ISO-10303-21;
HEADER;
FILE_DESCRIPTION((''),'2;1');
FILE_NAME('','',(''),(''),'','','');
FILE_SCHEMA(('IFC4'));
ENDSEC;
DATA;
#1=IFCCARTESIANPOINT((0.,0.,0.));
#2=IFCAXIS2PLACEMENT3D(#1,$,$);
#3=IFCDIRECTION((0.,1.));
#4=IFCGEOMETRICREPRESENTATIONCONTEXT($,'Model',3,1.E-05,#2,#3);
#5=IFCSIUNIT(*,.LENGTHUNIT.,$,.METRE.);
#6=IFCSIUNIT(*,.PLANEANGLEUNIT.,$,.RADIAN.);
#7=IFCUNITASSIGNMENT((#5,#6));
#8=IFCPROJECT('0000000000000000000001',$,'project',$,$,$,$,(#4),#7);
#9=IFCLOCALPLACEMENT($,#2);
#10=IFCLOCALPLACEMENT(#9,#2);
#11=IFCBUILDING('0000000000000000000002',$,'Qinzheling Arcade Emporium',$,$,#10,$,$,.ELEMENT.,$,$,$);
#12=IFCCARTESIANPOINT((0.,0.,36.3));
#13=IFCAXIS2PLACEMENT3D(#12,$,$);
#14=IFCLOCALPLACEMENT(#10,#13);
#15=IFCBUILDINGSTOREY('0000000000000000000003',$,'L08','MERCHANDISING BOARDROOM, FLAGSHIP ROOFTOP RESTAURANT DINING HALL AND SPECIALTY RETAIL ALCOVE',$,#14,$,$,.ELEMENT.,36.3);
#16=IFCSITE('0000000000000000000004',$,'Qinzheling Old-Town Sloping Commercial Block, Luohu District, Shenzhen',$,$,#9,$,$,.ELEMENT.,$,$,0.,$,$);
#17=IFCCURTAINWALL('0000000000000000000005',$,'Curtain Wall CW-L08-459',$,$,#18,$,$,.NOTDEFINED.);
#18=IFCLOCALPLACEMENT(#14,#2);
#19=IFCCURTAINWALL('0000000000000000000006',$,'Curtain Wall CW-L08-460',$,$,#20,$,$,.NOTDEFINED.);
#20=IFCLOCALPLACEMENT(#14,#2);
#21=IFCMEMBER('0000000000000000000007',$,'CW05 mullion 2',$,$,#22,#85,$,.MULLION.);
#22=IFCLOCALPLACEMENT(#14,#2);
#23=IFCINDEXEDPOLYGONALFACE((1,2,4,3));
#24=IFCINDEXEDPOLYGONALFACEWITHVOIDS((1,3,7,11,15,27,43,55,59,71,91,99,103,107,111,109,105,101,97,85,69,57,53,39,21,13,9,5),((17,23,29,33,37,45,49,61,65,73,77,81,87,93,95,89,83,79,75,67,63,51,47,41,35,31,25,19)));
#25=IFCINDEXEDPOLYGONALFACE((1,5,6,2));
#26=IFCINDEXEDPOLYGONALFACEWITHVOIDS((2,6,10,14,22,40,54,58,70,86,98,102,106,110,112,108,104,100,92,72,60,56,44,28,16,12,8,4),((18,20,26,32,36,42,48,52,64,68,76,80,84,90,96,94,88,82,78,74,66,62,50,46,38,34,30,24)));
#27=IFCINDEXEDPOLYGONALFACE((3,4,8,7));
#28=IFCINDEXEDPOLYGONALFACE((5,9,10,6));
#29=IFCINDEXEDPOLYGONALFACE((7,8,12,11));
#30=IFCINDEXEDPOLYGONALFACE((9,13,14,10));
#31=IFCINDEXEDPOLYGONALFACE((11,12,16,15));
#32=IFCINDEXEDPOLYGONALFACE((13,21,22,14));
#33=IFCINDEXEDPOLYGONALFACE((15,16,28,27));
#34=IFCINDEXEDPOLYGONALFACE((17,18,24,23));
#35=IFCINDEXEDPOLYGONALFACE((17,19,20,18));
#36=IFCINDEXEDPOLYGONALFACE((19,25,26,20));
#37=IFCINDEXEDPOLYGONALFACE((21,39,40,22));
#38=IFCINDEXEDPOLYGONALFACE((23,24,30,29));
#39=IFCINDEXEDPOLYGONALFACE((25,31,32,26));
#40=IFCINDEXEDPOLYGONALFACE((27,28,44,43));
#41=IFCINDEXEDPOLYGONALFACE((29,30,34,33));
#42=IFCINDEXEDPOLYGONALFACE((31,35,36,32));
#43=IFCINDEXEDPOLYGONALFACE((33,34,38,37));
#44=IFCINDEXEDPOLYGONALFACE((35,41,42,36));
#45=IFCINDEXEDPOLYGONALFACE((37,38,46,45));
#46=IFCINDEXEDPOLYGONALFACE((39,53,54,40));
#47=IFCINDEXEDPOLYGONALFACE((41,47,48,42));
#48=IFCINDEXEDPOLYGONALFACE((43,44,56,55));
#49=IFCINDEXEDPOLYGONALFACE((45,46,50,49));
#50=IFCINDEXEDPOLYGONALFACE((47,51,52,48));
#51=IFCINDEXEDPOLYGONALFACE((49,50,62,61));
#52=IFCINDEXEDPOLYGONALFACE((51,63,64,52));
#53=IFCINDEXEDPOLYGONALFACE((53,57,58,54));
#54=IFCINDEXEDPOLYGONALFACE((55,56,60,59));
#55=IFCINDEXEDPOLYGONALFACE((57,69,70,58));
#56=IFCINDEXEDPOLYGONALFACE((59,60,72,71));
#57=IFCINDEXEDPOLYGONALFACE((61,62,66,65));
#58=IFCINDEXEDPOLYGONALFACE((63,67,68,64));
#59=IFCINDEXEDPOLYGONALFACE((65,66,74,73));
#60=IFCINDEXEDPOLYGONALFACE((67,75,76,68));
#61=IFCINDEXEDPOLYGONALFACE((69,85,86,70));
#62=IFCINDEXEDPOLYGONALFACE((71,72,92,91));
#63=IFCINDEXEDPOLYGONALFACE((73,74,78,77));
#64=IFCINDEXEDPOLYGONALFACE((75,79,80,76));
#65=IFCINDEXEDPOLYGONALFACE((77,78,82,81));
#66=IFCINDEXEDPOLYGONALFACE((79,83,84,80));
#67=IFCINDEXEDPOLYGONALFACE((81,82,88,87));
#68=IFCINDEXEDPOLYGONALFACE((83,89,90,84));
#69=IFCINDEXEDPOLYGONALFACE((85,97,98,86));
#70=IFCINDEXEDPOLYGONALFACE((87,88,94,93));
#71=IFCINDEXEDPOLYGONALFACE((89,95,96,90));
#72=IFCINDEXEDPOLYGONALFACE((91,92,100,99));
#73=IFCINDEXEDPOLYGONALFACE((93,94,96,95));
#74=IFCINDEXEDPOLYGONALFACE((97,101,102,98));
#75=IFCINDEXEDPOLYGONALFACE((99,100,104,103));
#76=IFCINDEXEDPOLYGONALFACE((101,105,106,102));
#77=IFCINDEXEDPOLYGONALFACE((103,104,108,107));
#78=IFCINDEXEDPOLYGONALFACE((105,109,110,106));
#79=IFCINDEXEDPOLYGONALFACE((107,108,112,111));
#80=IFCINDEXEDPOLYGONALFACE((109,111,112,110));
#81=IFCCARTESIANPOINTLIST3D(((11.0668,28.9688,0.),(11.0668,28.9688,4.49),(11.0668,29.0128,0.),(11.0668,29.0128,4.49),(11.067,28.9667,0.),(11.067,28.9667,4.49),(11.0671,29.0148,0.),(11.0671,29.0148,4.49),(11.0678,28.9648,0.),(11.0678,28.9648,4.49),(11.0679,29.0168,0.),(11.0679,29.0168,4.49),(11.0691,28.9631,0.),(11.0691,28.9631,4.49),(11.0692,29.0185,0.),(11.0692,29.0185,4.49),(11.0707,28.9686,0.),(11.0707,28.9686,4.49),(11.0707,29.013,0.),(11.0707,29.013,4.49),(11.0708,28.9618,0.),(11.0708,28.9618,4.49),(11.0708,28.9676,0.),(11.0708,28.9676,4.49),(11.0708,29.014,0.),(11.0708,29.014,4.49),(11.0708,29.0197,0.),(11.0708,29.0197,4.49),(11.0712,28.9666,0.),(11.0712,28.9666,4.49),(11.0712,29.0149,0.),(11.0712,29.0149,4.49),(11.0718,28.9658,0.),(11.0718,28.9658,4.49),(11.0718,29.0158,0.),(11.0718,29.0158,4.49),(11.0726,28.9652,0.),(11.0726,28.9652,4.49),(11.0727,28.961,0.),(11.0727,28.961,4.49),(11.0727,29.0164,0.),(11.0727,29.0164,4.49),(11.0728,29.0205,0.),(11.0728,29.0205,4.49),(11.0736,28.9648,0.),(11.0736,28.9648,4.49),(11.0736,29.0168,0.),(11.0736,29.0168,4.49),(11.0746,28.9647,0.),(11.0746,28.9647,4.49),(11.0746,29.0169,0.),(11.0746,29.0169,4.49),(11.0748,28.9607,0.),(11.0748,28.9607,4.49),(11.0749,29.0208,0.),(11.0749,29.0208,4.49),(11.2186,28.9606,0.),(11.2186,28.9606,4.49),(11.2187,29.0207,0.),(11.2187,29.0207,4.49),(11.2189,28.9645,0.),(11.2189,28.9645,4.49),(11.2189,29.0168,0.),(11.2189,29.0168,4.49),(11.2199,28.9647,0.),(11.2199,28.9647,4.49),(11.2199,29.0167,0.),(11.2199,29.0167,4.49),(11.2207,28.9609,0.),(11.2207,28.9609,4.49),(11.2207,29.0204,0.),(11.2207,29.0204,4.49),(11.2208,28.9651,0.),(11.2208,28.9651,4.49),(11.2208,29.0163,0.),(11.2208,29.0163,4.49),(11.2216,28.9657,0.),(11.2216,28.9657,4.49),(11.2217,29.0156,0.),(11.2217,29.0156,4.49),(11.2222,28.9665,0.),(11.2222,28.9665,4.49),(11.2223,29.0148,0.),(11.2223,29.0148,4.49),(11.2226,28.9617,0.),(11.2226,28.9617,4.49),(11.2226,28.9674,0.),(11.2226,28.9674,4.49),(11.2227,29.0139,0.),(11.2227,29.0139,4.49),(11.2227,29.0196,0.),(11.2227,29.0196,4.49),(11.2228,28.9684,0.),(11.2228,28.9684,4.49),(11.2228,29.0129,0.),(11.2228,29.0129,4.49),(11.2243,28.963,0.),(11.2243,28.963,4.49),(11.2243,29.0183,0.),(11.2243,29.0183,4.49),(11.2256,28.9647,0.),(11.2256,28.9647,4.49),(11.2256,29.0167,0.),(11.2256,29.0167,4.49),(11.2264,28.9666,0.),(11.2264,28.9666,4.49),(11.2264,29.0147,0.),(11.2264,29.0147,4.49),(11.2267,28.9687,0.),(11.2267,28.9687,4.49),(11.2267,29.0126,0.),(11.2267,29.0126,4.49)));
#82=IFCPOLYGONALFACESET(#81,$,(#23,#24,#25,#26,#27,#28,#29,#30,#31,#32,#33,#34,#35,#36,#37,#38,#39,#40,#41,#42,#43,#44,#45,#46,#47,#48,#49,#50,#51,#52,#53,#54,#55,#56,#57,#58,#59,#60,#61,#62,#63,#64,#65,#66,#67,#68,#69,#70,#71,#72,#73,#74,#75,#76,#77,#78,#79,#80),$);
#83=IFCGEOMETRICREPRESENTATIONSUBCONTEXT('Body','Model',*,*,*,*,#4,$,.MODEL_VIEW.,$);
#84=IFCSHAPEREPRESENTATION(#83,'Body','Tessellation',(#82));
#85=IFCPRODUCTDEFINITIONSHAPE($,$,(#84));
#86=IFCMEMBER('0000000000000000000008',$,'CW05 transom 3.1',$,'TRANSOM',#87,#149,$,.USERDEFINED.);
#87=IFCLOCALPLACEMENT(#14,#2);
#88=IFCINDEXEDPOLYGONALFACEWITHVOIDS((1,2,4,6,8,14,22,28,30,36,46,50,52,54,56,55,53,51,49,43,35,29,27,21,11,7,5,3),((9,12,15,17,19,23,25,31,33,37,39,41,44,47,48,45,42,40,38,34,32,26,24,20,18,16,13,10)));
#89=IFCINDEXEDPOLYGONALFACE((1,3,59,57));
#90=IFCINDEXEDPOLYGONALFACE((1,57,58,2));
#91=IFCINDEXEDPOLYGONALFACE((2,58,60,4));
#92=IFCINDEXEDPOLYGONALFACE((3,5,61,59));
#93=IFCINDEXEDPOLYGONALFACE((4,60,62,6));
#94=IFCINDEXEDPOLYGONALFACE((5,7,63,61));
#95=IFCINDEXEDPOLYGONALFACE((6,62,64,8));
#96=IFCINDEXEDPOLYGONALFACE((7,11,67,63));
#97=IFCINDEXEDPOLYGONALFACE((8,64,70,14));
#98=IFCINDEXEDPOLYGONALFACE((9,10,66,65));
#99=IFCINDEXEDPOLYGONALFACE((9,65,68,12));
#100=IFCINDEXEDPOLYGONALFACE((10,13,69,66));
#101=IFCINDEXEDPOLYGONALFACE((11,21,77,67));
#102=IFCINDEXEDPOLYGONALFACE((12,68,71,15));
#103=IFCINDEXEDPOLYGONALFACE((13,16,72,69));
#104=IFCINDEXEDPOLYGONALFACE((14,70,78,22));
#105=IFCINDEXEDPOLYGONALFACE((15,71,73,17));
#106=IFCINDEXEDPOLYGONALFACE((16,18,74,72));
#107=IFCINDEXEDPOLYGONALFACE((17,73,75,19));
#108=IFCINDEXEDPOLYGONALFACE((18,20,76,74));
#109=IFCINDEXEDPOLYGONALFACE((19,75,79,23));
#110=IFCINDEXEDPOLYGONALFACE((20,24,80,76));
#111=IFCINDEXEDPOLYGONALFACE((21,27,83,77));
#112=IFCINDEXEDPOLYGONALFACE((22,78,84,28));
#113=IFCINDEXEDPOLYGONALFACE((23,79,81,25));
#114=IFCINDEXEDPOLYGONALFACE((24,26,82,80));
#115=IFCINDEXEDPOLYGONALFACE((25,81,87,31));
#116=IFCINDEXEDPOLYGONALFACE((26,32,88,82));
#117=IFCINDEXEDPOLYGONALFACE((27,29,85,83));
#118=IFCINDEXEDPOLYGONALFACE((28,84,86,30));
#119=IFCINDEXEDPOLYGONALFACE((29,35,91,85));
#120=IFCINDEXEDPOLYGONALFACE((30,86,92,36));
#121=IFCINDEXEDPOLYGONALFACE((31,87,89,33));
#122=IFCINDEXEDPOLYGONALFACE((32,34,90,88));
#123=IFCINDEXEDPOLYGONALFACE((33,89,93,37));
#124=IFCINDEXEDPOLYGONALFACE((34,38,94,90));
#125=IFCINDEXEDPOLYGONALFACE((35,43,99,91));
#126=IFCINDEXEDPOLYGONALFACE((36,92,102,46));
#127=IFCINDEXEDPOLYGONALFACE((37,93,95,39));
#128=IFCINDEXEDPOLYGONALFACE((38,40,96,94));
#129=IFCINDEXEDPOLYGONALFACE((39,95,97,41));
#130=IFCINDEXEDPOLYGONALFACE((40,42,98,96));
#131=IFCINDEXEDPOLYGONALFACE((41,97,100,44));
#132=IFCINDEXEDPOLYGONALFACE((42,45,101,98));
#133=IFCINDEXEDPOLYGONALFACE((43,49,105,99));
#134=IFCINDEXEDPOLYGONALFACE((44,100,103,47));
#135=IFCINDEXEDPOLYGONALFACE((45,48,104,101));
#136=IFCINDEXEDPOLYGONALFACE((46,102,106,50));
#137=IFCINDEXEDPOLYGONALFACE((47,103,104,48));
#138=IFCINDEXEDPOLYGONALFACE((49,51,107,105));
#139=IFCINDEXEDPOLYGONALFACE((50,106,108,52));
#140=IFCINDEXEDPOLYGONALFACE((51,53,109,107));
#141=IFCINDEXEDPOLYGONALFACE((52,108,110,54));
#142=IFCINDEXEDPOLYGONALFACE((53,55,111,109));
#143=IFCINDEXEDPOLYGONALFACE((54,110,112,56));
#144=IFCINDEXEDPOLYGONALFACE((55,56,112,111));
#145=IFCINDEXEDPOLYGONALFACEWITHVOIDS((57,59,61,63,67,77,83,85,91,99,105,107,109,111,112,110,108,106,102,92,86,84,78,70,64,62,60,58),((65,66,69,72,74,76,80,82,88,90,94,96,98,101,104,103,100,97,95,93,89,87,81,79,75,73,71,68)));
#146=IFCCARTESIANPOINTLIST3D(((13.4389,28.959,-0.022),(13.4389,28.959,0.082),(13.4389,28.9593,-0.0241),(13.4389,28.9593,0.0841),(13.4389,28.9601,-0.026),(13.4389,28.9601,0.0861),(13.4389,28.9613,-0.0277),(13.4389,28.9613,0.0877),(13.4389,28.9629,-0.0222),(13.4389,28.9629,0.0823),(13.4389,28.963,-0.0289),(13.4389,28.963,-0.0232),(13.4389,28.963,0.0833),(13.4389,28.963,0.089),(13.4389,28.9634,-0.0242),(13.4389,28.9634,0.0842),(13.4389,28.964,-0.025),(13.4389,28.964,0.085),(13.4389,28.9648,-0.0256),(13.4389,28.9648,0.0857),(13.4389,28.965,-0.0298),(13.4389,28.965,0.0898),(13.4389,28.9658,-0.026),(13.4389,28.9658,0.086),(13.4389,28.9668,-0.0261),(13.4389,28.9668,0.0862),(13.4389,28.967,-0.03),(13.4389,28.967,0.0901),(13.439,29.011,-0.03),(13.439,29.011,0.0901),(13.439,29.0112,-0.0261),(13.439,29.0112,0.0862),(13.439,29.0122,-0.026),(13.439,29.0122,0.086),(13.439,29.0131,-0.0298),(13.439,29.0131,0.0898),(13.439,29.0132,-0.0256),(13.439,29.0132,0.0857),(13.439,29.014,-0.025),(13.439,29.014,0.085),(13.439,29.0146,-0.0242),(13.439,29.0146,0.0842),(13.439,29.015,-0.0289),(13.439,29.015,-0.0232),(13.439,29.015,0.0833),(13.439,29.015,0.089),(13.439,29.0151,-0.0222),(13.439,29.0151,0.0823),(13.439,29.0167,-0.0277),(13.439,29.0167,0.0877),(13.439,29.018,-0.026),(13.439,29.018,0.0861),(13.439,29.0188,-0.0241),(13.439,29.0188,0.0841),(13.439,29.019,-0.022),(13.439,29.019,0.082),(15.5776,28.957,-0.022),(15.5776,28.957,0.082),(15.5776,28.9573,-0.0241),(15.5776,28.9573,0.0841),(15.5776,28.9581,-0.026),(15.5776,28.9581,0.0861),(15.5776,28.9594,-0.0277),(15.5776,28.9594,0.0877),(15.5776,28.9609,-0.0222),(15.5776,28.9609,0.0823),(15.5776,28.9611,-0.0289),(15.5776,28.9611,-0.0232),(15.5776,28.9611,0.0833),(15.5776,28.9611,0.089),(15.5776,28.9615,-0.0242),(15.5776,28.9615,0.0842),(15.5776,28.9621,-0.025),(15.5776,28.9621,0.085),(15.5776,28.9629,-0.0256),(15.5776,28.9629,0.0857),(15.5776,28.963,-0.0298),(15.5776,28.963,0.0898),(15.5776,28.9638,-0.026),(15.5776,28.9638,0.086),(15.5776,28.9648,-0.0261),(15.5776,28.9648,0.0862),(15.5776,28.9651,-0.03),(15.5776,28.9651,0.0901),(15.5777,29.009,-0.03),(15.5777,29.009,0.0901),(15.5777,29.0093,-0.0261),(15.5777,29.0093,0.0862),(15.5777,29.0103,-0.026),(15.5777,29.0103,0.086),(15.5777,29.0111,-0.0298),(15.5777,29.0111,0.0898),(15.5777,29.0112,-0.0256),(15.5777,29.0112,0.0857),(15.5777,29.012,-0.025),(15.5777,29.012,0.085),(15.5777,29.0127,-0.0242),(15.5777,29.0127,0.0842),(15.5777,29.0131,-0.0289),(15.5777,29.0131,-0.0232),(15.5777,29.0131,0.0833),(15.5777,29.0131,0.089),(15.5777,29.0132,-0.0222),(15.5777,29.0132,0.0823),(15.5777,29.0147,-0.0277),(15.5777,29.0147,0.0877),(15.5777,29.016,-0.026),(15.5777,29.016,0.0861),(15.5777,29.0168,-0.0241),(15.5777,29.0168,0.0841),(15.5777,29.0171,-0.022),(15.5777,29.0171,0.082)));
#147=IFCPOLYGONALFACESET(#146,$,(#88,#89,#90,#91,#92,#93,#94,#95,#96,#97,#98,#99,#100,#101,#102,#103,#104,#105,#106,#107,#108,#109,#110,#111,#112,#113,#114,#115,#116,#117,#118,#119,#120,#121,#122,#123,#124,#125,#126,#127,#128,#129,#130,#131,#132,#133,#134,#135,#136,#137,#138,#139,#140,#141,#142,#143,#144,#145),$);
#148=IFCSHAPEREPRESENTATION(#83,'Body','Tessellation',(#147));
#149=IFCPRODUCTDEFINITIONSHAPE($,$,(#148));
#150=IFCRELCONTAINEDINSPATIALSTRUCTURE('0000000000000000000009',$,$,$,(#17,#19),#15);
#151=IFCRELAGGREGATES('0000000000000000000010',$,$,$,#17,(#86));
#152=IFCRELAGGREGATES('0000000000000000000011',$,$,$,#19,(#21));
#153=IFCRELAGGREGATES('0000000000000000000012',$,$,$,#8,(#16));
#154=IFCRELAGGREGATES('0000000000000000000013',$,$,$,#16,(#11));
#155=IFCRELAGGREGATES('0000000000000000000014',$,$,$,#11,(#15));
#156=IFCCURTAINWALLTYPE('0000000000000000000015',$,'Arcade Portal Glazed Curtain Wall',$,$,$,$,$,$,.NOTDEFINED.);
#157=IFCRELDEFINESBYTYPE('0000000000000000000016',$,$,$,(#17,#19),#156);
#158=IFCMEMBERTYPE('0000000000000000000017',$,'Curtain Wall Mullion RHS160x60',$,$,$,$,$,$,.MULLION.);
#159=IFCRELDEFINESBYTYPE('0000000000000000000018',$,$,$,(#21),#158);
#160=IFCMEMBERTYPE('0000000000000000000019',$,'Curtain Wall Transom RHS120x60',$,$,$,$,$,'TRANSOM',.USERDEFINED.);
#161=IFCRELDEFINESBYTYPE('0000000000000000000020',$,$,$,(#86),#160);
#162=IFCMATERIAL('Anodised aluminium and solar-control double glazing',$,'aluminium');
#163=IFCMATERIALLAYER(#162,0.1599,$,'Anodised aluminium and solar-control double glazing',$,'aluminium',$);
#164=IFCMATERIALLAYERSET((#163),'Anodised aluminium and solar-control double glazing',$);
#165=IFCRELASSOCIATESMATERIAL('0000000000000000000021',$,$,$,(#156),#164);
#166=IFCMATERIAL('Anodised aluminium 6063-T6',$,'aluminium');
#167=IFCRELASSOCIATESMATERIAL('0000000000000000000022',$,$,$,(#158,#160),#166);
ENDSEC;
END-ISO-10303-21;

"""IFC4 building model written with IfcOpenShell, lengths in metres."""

from ifc_helpers import new_model, si_unit, direction, frame, origin, origin_2d, place, context, subcontext, project, spatial, hollow_rectangle, extrude, material, layer, layer_set, material_profile, profile_set, type_object, element, aggregate, save


model = new_model("IFC4")

# Units and contexts
model_context = context("Model", 3, precision=1e-05, world=origin(), true_north=direction((0.0, 1.0)))
body_context = subcontext(model_context, "Body", "Model", "MODEL_VIEW")
ifc_project = project(units=[si_unit("LENGTHUNIT", "METRE"), si_unit("PLANEANGLEUNIT", "RADIAN")], contexts=[model_context])

# Site, building, storey
site_placement = place(None, origin())
site = spatial("IfcSite", under=ifc_project, at=site_placement, Name="Qinzheling Old-Town Sloping Commercial Block, Luohu District, Shenzhen", CompositionType="ELEMENT", RefElevation=0.0)
building_placement = place(site_placement, origin())
building = spatial("IfcBuilding", under=site, at=building_placement, Name="Qinzheling Arcade Emporium", CompositionType="ELEMENT")
storey_placement = place(building_placement, frame((0.0, 0.0, 36.3)))
storey = spatial("IfcBuildingStorey", under=building, at=storey_placement, Name="L08", Description="MERCHANDISING BOARDROOM, FLAGSHIP ROOFTOP RESTAURANT DINING HALL AND SPECIALTY RETAIL ALCOVE", CompositionType="ELEMENT", Elevation=36.3)

# Curtain wall
ifc_material_1 = material(Name="Anodised aluminium and solar-control double glazing", Category="aluminium")
ifc_layer_1 = layer(ifc_material_1, 0.1599, Name="Anodised aluminium and solar-control double glazing", Category="aluminium")
ifc_layer_set_1 = layer_set([ifc_layer_1], Name="Anodised aluminium and solar-control double glazing")
curtain_wall_type = type_object("IfcCurtainWallType", Name="Arcade Portal Glazed Curtain Wall", PredefinedType="NOTDEFINED", material=ifc_layer_set_1)
curtain_wall_1_placement = place(storey_placement, origin())
curtain_wall_1 = element("IfcCurtainWall", 1, at=curtain_wall_1_placement, inside=storey, type_object=curtain_wall_type, Name="Curtain Wall CW-L08-459", PredefinedType="NOTDEFINED")
ifc_material_2 = material(Name="Anodised aluminium 6063-T6", Category="aluminium")
ifc_material_profile_1 = material_profile(ifc_material_2, hollow_rectangle(XDim=0.0601, YDim=0.1599, WallThickness=0.0039, InnerFilletRadius=0.0039, OuterFilletRadius=0.0081, at=origin_2d()), Name="RHS 160x60x4", Category="aluminium")
ifc_profile_set_1 = profile_set([ifc_material_profile_1], Name="Anodised aluminium 6063-T6")
member_type_1 = type_object("IfcMemberType", Name="Curtain Wall Mullion RHS160x60", PredefinedType="MULLION", material=ifc_profile_set_1)

# Curtain wall, member
curtain_wall_2_placement = place(storey_placement, origin())
curtain_wall_2 = element("IfcCurtainWall", 2, at=curtain_wall_2_placement, inside=storey, type_object=curtain_wall_type, Name="Curtain Wall CW-L08-460", PredefinedType="NOTDEFINED")
member_1_placement = place(storey_placement, frame((11.1467, 28.9907, 0.0), z_axis=(0.0, 0.0, 1.0), x_axis=(-0.000748, -1.0, 0.0)))
member_1 = element("IfcMember", 3, at=member_1_placement, type_object=member_type_1, Name="CW05 mullion 2", PredefinedType="MULLION", context=body_context, shape_type="SweptSolid", body=[
    extrude(hollow_rectangle(XDim=0.0601, YDim=0.1599, WallThickness=0.0039, InnerFilletRadius=0.0039, OuterFilletRadius=0.0081, at=origin_2d()), origin(), (0.0, 0.0, 1.0), 4.49),
])

# Member
ifc_material_profile_2 = material_profile(ifc_material_2, hollow_rectangle(XDim=0.0601, YDim=0.1201, WallThickness=0.0039, InnerFilletRadius=0.0039, OuterFilletRadius=0.0081, at=origin_2d()), Name="RHS 120x60x4", Category="aluminium")
ifc_profile_set_2 = profile_set([ifc_material_profile_2], Name="Anodised aluminium 6063-T6")
member_type_2 = type_object("IfcMemberType", Name="Curtain Wall Transom RHS120x60", ElementType="TRANSOM", PredefinedType="USERDEFINED", material=ifc_profile_set_2)
member_2_placement = place(storey_placement, frame((15.5776, 28.9871, 0.03), z_axis=(-1.0, 0.000913, 0.0), x_axis=(-0.000913, -1.0, 0.0)))
member_2 = element("IfcMember", 4, at=member_2_placement, type_object=member_type_2, Name="CW05 transom 3.1", ObjectType="TRANSOM", PredefinedType="USERDEFINED", context=body_context, shape_type="SweptSolid", body=[
    extrude(hollow_rectangle(XDim=0.0601, YDim=0.1201, WallThickness=0.0039, InnerFilletRadius=0.0039, OuterFilletRadius=0.0081, at=origin_2d()), origin(), (0.0, 0.0, 1.0), 2.1387),
])

aggregate(curtain_wall_1, [member_2])
aggregate(curtain_wall_2, [member_1])

save(model, "model.ifc")
